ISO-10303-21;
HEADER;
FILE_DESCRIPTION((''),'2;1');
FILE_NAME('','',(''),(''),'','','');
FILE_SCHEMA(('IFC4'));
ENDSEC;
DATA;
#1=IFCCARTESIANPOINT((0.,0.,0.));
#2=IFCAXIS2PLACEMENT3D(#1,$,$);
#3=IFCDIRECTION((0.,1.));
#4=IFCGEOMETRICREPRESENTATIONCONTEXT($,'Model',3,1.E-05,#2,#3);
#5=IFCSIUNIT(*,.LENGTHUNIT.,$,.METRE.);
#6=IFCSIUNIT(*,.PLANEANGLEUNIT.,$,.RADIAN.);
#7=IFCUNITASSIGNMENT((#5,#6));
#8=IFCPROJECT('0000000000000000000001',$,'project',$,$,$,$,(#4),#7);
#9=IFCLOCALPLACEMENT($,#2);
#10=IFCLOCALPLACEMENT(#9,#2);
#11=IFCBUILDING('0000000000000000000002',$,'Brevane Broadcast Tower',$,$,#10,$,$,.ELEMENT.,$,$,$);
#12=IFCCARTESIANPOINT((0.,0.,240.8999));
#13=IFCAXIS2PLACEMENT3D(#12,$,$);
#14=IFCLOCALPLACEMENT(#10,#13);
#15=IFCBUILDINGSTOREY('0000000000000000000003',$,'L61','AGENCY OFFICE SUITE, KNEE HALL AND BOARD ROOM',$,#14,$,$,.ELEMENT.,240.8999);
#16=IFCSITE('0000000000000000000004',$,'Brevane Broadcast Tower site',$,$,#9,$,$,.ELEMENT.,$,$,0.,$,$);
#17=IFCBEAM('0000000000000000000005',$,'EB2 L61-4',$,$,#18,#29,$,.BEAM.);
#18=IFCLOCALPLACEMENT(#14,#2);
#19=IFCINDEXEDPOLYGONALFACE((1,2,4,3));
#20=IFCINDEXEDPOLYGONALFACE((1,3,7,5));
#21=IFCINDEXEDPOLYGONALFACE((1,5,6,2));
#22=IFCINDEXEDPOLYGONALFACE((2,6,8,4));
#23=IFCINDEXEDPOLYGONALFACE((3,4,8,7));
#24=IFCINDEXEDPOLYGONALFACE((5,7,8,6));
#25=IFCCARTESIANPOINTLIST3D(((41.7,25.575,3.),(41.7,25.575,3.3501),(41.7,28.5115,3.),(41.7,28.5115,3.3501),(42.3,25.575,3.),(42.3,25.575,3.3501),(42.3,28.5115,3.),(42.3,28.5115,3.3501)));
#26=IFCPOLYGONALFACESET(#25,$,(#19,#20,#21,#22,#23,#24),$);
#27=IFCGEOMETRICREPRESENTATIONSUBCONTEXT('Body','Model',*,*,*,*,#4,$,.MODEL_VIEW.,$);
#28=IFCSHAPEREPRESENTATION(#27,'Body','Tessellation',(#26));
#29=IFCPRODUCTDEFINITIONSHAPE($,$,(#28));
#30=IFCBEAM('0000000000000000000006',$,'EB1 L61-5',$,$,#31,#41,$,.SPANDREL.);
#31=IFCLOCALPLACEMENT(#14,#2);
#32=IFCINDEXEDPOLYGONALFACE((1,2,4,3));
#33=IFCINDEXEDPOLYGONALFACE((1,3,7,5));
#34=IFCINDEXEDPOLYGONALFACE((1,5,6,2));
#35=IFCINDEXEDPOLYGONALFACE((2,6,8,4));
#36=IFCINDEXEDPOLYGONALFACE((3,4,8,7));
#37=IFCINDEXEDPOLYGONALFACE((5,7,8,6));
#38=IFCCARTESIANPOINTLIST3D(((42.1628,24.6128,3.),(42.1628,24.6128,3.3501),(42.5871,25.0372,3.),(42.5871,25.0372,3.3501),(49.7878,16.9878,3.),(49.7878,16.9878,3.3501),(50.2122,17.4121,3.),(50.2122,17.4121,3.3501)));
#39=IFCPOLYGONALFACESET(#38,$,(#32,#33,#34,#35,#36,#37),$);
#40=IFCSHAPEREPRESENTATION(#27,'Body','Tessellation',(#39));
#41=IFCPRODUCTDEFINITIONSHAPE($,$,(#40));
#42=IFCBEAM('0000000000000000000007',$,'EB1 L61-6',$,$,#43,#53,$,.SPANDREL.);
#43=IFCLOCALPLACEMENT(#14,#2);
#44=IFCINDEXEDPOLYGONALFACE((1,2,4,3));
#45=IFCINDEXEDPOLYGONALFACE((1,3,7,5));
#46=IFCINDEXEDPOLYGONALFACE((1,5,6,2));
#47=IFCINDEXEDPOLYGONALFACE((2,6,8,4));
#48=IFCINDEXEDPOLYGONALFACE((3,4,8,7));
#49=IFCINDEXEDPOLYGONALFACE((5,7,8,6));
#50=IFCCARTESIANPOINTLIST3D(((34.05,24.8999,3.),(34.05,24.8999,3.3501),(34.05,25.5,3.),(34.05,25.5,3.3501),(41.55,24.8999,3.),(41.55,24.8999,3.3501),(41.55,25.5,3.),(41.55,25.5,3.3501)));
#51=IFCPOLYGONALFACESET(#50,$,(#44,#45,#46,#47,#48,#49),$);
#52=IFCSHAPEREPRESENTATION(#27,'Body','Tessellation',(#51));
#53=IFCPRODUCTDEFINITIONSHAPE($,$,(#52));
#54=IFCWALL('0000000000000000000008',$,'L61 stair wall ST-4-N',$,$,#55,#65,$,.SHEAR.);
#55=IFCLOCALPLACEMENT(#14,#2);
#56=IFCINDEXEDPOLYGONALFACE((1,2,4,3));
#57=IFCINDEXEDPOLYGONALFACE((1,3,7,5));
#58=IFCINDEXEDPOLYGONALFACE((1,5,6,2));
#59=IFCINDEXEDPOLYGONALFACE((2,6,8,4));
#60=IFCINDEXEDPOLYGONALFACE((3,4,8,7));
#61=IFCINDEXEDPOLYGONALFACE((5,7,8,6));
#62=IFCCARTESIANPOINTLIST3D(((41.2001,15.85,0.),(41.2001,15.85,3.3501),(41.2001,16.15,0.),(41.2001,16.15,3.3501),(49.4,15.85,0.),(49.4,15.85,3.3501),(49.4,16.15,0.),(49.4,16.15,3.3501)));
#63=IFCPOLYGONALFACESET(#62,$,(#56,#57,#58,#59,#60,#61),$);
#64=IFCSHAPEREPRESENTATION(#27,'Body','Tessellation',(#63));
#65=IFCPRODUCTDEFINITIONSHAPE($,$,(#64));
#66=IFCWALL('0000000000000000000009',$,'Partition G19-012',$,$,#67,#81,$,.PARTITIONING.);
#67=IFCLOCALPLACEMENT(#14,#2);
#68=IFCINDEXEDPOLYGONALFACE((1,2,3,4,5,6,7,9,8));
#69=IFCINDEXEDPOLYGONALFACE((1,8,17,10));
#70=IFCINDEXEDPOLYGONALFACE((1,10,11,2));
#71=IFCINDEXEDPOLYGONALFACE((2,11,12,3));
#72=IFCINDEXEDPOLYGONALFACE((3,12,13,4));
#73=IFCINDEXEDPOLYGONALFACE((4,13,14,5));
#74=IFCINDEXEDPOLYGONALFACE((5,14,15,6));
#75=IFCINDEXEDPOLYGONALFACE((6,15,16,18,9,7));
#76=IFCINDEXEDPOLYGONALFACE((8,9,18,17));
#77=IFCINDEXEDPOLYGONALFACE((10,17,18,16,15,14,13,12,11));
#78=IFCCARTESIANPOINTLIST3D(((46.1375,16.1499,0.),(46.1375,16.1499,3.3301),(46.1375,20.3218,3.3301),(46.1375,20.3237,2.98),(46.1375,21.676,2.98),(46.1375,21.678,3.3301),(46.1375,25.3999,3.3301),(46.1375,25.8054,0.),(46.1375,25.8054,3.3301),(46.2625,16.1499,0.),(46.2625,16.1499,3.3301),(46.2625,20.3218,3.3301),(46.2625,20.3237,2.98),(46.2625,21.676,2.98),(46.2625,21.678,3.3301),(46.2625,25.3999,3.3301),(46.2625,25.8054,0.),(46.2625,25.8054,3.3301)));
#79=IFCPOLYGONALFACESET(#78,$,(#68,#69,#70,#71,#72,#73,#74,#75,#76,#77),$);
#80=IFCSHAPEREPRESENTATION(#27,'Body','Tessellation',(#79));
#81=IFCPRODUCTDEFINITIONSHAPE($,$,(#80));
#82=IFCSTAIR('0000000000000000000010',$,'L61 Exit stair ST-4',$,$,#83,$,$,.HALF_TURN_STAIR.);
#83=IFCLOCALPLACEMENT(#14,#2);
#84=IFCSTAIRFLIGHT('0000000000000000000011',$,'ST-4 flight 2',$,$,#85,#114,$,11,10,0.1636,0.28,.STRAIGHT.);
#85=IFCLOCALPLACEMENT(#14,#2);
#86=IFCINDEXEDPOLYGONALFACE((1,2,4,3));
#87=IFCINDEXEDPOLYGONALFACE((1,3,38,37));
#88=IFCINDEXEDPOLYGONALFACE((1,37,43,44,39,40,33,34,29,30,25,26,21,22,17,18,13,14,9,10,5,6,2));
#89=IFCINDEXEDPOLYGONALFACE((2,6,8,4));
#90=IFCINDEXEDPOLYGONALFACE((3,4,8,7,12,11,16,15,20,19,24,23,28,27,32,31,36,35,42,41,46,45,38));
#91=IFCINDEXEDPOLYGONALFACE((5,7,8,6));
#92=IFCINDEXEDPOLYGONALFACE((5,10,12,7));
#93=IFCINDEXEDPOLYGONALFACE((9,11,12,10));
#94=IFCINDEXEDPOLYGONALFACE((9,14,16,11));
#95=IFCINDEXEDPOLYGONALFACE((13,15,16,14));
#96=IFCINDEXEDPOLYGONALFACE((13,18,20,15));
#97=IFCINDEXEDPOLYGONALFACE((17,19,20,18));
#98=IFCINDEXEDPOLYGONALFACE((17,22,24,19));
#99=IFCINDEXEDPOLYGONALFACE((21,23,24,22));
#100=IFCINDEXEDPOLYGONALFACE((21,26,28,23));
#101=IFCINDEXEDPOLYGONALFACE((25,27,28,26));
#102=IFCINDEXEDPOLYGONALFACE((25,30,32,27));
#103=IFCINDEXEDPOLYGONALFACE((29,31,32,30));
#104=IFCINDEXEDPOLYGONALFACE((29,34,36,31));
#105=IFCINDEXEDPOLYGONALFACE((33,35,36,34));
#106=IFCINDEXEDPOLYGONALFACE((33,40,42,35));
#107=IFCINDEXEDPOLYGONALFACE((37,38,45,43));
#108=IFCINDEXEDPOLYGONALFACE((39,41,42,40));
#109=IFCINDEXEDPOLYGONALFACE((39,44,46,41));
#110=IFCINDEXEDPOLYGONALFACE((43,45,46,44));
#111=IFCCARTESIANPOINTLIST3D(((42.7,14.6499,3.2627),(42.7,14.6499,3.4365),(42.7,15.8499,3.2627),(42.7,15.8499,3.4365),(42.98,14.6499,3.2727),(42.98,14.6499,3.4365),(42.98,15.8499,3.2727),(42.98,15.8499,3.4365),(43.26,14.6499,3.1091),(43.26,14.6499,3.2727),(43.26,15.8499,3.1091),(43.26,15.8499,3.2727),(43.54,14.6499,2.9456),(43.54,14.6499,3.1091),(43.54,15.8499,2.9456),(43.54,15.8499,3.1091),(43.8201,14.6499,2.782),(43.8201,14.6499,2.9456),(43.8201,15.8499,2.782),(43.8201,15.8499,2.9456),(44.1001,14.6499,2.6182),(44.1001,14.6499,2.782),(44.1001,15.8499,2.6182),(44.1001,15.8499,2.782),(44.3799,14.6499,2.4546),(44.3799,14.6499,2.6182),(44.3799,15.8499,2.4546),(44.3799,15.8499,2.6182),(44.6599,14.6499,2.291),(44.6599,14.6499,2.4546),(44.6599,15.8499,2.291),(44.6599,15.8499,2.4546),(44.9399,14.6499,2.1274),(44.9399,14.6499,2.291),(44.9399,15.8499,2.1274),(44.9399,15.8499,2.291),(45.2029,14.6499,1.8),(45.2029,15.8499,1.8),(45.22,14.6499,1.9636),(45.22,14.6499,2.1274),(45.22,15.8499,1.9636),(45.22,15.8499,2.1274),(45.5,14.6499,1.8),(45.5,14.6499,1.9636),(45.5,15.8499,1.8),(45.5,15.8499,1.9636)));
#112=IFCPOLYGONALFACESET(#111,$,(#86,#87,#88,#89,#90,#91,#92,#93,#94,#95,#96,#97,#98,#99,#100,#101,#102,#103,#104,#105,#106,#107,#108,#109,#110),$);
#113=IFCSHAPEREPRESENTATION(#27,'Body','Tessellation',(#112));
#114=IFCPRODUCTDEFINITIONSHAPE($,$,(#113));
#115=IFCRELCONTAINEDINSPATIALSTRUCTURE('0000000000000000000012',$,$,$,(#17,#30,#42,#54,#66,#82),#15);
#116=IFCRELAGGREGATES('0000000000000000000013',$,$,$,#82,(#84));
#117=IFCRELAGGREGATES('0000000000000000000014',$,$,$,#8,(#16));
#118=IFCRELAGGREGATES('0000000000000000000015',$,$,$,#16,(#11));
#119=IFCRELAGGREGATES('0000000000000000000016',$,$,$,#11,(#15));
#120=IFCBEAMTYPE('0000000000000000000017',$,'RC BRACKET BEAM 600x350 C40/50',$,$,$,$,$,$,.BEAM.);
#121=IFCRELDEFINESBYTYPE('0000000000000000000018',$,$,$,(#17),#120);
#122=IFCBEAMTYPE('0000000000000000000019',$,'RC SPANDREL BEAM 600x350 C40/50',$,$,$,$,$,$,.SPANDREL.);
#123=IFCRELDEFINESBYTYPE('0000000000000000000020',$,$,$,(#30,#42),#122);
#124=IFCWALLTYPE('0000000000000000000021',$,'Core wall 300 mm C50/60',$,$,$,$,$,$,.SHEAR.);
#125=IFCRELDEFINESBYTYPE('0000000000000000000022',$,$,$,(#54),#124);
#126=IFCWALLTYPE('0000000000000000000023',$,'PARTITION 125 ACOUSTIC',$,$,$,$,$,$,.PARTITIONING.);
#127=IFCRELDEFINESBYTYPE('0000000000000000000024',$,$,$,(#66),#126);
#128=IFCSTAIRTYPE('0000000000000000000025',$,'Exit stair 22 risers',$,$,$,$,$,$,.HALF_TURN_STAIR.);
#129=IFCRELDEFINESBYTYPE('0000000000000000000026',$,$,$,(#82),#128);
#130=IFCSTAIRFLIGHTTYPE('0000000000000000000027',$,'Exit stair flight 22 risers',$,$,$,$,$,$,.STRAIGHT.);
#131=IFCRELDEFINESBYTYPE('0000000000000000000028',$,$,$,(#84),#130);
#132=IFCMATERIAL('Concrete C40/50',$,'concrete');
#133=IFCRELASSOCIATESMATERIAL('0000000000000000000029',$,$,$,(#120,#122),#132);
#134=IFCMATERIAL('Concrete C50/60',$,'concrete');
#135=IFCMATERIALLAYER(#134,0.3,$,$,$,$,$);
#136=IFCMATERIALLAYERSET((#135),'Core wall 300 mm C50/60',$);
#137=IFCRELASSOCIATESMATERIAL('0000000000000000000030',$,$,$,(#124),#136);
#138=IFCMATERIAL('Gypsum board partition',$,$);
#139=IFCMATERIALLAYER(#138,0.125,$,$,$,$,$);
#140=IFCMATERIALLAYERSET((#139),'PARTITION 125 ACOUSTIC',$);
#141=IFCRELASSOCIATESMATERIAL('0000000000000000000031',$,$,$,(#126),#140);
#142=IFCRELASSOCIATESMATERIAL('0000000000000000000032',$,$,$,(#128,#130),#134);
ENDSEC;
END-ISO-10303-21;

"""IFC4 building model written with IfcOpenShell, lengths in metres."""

from ifc_helpers import new_model, si_unit, direction, frame, frame_2d, origin, origin_2d, place, context, subcontext, project, spatial, polyline, rectangle, outline, extrude, material, layer, layer_set, material_profile, profile_set, type_object, element, aggregate, save


model = new_model("IFC4")

# Units and contexts
model_context = context("Model", 3, precision=1e-05, world=origin(), true_north=direction((0.0, 1.0)))
body_context = subcontext(model_context, "Body", "Model", "MODEL_VIEW")
ifc_project = project(units=[si_unit("LENGTHUNIT", "METRE"), si_unit("PLANEANGLEUNIT", "RADIAN")], contexts=[model_context])

# Site, building, storey
site_placement = place(None, origin())
site = spatial("IfcSite", under=ifc_project, at=site_placement, Name="Brevane Broadcast Tower site", CompositionType="ELEMENT", RefElevation=0.0)
building_placement = place(site_placement, origin())
building = spatial("IfcBuilding", under=site, at=building_placement, Name="Brevane Broadcast Tower", CompositionType="ELEMENT")
storey_placement = place(building_placement, frame((0.0, 0.0, 240.8999)))
storey = spatial("IfcBuildingStorey", under=building, at=storey_placement, Name="L61", Description="AGENCY OFFICE SUITE, KNEE HALL AND BOARD ROOM", CompositionType="ELEMENT", Elevation=240.8999)

# Shared definitions
ifc_material_1 = material(Name="Concrete C50/60", Category="concrete")

# Beams
ifc_material_2 = material(Name="Concrete C40/50", Category="concrete")
ifc_material_profile_1 = material_profile(ifc_material_2, rectangle(XDim=0.6001, YDim=0.3501, at=origin_2d()), Name="RC 600x350")
ifc_profile_set_1 = profile_set([ifc_material_profile_1], Name="Concrete C40/50")
beam_type_1 = type_object("IfcBeamType", Name="RC BRACKET BEAM 600x350 C40/50", PredefinedType="BEAM", material=ifc_profile_set_1)
beam_1_placement = place(storey_placement, frame((42.0, 25.575, 3.175), z_axis=(0.0, 1.0, 0.0), x_axis=(-1.0, 0.0, 0.0)))
element("IfcBeam", 1, at=beam_1_placement, inside=storey, type_object=beam_type_1, Name="EB2 L61-4", PredefinedType="BEAM", context=body_context, shape_type="SweptSolid", body=[
    extrude(rectangle(XDim=0.6001, YDim=0.3501, at=origin_2d()), origin(), (0.0, 0.0, 1.0), 2.9365),
])
ifc_material_profile_2 = material_profile(ifc_material_2, rectangle(XDim=0.6001, YDim=0.3501, at=origin_2d()), Name="RC 600x350")
ifc_profile_set_2 = profile_set([ifc_material_profile_2], Name="Concrete C40/50")
beam_type_2 = type_object("IfcBeamType", Name="RC SPANDREL BEAM 600x350 C40/50", PredefinedType="SPANDREL", material=ifc_profile_set_2)
beam_2_placement = place(storey_placement, frame((50.0, 17.2, 3.175), z_axis=(-0.707107, 0.707107, 0.0), x_axis=(-0.707107, -0.707107, 0.0)))
element("IfcBeam", 2, at=beam_2_placement, inside=storey, type_object=beam_type_2, Name="EB1 L61-5", PredefinedType="SPANDREL", context=body_context, shape_type="SweptSolid", body=[
    extrude(rectangle(XDim=0.6001, YDim=0.3501, at=origin_2d()), origin(), (0.0, 0.0, 1.0), 10.7834),
])
beam_3_placement = place(storey_placement, frame((41.55, 25.2, 3.175), z_axis=(-1.0, 0.0, 0.0), x_axis=(0.0, -1.0, 0.0)))
element("IfcBeam", 3, at=beam_3_placement, inside=storey, type_object=beam_type_2, Name="EB1 L61-6", PredefinedType="SPANDREL", context=body_context, shape_type="SweptSolid", body=[
    extrude(rectangle(XDim=0.6001, YDim=0.3501, at=origin_2d()), origin(), (0.0, 0.0, 1.0), 7.5),
])

# Walls
ifc_layer_1 = layer(ifc_material_1, 0.3)
ifc_layer_set_1 = layer_set([ifc_layer_1], Name="Core wall 300 mm C50/60")
wall_type_1 = type_object("IfcWallType", Name="Core wall 300 mm C50/60", PredefinedType="SHEAR", material=ifc_layer_set_1)
wall_1_placement = place(storey_placement, frame((41.2, 16.0, 0.0), z_axis=(0.0, 0.0, 1.0), x_axis=(1.0, 0.0, 0.0)))
element("IfcWall", 4, at=wall_1_placement, inside=storey, type_object=wall_type_1, Name="L61 stair wall ST-4-N", PredefinedType="SHEAR", context=body_context, shape_type="SweptSolid", body=[
    extrude(rectangle(XDim=8.2, YDim=0.3, at=frame_2d((4.1001, 0.0))), origin(), (0.0, 0.0, 1.0), 3.3501),
])
ifc_material_3 = material(Name="Gypsum board partition")
ifc_layer_2 = layer(ifc_material_3, 0.125)
ifc_layer_set_2 = layer_set([ifc_layer_2], Name="PARTITION 125 ACOUSTIC")
wall_type_2 = type_object("IfcWallType", Name="PARTITION 125 ACOUSTIC", PredefinedType="PARTITIONING", material=ifc_layer_set_2)
wall_2_placement = place(storey_placement, frame((46.2, 16.1499, 0.0), z_axis=(0.0, 0.0, 1.0), x_axis=(0.0, 1.0, 0.0)))
element("IfcWall", 5, at=wall_2_placement, inside=storey, type_object=wall_type_2, Name="Partition G19-012", PredefinedType="PARTITIONING", context=body_context, shape_type="SweptSolid", body=[
    extrude(outline(polyline([(0.0, 0.0), (9.6555, 0.0), (9.6555, 3.3301), (9.25, 3.3301), (5.5281, 3.3301), (5.5261, 2.98), (4.1738, 2.98), (4.1719, 3.3301), (0.0, 3.3301), (0.0, 0.0)])), frame((0.0, 0.0625, 0.0), z_axis=(0.0, -1.0, 0.0), x_axis=(1.0, 0.0, 0.0)), (0.0, 0.0, 1.0), 0.125),
])

# Stair, stair flight
stair_type = type_object("IfcStairType", Name="Exit stair 22 risers", PredefinedType="HALF_TURN_STAIR", material=ifc_material_1)
stair_placement = place(storey_placement, origin())
stair = element("IfcStair", 6, at=stair_placement, inside=storey, type_object=stair_type, Name="L61 Exit stair ST-4", PredefinedType="HALF_TURN_STAIR")
stair_flight_type = type_object("IfcStairFlightType", Name="Exit stair flight 22 risers", PredefinedType="STRAIGHT", material=ifc_material_1)
stair_flight_placement = place(storey_placement, frame((45.5, 15.25, 1.8), z_axis=(0.0, 0.0, 1.0), x_axis=(-1.0, 0.0, 0.0)))
stair_flight = element("IfcStairFlight", 7, at=stair_flight_placement, type_object=stair_flight_type, Name="ST-4 flight 2", NumberOfRisers=11, NumberOfTreads=10, PredefinedType="STRAIGHT", RiserHeight=0.1636, TreadLength=0.28, context=body_context, shape_type="SweptSolid", body=[
    extrude(outline(polyline([(0.0, 0.0), (0.0, 0.1636), (0.28, 0.1636), (0.28, 0.3274), (0.5601, 0.3274), (0.5601, 0.491), (0.8401, 0.491), (0.8401, 0.6545), (1.1201, 0.6545), (1.1201, 0.8181), (1.3999, 0.8181), (1.3999, 0.9819), (1.6799, 0.9819), (1.6799, 1.1455), (1.96, 1.1455), (1.96, 1.3091), (2.24, 1.3091), (2.24, 1.4727), (2.52, 1.4727), (2.52, 1.6365), (2.8, 1.6365), (2.8, 1.8), (2.8, 1.4626), (0.2971, 0.0), (0.0, 0.0)])), frame((0.0, 0.6001, 0.0), z_axis=(0.0, -1.0, 0.0), x_axis=(1.0, 0.0, 0.0)), (0.0, 0.0, 1.0), 1.2),
])
aggregate(stair, [stair_flight])

save(model, "model.ifc")
